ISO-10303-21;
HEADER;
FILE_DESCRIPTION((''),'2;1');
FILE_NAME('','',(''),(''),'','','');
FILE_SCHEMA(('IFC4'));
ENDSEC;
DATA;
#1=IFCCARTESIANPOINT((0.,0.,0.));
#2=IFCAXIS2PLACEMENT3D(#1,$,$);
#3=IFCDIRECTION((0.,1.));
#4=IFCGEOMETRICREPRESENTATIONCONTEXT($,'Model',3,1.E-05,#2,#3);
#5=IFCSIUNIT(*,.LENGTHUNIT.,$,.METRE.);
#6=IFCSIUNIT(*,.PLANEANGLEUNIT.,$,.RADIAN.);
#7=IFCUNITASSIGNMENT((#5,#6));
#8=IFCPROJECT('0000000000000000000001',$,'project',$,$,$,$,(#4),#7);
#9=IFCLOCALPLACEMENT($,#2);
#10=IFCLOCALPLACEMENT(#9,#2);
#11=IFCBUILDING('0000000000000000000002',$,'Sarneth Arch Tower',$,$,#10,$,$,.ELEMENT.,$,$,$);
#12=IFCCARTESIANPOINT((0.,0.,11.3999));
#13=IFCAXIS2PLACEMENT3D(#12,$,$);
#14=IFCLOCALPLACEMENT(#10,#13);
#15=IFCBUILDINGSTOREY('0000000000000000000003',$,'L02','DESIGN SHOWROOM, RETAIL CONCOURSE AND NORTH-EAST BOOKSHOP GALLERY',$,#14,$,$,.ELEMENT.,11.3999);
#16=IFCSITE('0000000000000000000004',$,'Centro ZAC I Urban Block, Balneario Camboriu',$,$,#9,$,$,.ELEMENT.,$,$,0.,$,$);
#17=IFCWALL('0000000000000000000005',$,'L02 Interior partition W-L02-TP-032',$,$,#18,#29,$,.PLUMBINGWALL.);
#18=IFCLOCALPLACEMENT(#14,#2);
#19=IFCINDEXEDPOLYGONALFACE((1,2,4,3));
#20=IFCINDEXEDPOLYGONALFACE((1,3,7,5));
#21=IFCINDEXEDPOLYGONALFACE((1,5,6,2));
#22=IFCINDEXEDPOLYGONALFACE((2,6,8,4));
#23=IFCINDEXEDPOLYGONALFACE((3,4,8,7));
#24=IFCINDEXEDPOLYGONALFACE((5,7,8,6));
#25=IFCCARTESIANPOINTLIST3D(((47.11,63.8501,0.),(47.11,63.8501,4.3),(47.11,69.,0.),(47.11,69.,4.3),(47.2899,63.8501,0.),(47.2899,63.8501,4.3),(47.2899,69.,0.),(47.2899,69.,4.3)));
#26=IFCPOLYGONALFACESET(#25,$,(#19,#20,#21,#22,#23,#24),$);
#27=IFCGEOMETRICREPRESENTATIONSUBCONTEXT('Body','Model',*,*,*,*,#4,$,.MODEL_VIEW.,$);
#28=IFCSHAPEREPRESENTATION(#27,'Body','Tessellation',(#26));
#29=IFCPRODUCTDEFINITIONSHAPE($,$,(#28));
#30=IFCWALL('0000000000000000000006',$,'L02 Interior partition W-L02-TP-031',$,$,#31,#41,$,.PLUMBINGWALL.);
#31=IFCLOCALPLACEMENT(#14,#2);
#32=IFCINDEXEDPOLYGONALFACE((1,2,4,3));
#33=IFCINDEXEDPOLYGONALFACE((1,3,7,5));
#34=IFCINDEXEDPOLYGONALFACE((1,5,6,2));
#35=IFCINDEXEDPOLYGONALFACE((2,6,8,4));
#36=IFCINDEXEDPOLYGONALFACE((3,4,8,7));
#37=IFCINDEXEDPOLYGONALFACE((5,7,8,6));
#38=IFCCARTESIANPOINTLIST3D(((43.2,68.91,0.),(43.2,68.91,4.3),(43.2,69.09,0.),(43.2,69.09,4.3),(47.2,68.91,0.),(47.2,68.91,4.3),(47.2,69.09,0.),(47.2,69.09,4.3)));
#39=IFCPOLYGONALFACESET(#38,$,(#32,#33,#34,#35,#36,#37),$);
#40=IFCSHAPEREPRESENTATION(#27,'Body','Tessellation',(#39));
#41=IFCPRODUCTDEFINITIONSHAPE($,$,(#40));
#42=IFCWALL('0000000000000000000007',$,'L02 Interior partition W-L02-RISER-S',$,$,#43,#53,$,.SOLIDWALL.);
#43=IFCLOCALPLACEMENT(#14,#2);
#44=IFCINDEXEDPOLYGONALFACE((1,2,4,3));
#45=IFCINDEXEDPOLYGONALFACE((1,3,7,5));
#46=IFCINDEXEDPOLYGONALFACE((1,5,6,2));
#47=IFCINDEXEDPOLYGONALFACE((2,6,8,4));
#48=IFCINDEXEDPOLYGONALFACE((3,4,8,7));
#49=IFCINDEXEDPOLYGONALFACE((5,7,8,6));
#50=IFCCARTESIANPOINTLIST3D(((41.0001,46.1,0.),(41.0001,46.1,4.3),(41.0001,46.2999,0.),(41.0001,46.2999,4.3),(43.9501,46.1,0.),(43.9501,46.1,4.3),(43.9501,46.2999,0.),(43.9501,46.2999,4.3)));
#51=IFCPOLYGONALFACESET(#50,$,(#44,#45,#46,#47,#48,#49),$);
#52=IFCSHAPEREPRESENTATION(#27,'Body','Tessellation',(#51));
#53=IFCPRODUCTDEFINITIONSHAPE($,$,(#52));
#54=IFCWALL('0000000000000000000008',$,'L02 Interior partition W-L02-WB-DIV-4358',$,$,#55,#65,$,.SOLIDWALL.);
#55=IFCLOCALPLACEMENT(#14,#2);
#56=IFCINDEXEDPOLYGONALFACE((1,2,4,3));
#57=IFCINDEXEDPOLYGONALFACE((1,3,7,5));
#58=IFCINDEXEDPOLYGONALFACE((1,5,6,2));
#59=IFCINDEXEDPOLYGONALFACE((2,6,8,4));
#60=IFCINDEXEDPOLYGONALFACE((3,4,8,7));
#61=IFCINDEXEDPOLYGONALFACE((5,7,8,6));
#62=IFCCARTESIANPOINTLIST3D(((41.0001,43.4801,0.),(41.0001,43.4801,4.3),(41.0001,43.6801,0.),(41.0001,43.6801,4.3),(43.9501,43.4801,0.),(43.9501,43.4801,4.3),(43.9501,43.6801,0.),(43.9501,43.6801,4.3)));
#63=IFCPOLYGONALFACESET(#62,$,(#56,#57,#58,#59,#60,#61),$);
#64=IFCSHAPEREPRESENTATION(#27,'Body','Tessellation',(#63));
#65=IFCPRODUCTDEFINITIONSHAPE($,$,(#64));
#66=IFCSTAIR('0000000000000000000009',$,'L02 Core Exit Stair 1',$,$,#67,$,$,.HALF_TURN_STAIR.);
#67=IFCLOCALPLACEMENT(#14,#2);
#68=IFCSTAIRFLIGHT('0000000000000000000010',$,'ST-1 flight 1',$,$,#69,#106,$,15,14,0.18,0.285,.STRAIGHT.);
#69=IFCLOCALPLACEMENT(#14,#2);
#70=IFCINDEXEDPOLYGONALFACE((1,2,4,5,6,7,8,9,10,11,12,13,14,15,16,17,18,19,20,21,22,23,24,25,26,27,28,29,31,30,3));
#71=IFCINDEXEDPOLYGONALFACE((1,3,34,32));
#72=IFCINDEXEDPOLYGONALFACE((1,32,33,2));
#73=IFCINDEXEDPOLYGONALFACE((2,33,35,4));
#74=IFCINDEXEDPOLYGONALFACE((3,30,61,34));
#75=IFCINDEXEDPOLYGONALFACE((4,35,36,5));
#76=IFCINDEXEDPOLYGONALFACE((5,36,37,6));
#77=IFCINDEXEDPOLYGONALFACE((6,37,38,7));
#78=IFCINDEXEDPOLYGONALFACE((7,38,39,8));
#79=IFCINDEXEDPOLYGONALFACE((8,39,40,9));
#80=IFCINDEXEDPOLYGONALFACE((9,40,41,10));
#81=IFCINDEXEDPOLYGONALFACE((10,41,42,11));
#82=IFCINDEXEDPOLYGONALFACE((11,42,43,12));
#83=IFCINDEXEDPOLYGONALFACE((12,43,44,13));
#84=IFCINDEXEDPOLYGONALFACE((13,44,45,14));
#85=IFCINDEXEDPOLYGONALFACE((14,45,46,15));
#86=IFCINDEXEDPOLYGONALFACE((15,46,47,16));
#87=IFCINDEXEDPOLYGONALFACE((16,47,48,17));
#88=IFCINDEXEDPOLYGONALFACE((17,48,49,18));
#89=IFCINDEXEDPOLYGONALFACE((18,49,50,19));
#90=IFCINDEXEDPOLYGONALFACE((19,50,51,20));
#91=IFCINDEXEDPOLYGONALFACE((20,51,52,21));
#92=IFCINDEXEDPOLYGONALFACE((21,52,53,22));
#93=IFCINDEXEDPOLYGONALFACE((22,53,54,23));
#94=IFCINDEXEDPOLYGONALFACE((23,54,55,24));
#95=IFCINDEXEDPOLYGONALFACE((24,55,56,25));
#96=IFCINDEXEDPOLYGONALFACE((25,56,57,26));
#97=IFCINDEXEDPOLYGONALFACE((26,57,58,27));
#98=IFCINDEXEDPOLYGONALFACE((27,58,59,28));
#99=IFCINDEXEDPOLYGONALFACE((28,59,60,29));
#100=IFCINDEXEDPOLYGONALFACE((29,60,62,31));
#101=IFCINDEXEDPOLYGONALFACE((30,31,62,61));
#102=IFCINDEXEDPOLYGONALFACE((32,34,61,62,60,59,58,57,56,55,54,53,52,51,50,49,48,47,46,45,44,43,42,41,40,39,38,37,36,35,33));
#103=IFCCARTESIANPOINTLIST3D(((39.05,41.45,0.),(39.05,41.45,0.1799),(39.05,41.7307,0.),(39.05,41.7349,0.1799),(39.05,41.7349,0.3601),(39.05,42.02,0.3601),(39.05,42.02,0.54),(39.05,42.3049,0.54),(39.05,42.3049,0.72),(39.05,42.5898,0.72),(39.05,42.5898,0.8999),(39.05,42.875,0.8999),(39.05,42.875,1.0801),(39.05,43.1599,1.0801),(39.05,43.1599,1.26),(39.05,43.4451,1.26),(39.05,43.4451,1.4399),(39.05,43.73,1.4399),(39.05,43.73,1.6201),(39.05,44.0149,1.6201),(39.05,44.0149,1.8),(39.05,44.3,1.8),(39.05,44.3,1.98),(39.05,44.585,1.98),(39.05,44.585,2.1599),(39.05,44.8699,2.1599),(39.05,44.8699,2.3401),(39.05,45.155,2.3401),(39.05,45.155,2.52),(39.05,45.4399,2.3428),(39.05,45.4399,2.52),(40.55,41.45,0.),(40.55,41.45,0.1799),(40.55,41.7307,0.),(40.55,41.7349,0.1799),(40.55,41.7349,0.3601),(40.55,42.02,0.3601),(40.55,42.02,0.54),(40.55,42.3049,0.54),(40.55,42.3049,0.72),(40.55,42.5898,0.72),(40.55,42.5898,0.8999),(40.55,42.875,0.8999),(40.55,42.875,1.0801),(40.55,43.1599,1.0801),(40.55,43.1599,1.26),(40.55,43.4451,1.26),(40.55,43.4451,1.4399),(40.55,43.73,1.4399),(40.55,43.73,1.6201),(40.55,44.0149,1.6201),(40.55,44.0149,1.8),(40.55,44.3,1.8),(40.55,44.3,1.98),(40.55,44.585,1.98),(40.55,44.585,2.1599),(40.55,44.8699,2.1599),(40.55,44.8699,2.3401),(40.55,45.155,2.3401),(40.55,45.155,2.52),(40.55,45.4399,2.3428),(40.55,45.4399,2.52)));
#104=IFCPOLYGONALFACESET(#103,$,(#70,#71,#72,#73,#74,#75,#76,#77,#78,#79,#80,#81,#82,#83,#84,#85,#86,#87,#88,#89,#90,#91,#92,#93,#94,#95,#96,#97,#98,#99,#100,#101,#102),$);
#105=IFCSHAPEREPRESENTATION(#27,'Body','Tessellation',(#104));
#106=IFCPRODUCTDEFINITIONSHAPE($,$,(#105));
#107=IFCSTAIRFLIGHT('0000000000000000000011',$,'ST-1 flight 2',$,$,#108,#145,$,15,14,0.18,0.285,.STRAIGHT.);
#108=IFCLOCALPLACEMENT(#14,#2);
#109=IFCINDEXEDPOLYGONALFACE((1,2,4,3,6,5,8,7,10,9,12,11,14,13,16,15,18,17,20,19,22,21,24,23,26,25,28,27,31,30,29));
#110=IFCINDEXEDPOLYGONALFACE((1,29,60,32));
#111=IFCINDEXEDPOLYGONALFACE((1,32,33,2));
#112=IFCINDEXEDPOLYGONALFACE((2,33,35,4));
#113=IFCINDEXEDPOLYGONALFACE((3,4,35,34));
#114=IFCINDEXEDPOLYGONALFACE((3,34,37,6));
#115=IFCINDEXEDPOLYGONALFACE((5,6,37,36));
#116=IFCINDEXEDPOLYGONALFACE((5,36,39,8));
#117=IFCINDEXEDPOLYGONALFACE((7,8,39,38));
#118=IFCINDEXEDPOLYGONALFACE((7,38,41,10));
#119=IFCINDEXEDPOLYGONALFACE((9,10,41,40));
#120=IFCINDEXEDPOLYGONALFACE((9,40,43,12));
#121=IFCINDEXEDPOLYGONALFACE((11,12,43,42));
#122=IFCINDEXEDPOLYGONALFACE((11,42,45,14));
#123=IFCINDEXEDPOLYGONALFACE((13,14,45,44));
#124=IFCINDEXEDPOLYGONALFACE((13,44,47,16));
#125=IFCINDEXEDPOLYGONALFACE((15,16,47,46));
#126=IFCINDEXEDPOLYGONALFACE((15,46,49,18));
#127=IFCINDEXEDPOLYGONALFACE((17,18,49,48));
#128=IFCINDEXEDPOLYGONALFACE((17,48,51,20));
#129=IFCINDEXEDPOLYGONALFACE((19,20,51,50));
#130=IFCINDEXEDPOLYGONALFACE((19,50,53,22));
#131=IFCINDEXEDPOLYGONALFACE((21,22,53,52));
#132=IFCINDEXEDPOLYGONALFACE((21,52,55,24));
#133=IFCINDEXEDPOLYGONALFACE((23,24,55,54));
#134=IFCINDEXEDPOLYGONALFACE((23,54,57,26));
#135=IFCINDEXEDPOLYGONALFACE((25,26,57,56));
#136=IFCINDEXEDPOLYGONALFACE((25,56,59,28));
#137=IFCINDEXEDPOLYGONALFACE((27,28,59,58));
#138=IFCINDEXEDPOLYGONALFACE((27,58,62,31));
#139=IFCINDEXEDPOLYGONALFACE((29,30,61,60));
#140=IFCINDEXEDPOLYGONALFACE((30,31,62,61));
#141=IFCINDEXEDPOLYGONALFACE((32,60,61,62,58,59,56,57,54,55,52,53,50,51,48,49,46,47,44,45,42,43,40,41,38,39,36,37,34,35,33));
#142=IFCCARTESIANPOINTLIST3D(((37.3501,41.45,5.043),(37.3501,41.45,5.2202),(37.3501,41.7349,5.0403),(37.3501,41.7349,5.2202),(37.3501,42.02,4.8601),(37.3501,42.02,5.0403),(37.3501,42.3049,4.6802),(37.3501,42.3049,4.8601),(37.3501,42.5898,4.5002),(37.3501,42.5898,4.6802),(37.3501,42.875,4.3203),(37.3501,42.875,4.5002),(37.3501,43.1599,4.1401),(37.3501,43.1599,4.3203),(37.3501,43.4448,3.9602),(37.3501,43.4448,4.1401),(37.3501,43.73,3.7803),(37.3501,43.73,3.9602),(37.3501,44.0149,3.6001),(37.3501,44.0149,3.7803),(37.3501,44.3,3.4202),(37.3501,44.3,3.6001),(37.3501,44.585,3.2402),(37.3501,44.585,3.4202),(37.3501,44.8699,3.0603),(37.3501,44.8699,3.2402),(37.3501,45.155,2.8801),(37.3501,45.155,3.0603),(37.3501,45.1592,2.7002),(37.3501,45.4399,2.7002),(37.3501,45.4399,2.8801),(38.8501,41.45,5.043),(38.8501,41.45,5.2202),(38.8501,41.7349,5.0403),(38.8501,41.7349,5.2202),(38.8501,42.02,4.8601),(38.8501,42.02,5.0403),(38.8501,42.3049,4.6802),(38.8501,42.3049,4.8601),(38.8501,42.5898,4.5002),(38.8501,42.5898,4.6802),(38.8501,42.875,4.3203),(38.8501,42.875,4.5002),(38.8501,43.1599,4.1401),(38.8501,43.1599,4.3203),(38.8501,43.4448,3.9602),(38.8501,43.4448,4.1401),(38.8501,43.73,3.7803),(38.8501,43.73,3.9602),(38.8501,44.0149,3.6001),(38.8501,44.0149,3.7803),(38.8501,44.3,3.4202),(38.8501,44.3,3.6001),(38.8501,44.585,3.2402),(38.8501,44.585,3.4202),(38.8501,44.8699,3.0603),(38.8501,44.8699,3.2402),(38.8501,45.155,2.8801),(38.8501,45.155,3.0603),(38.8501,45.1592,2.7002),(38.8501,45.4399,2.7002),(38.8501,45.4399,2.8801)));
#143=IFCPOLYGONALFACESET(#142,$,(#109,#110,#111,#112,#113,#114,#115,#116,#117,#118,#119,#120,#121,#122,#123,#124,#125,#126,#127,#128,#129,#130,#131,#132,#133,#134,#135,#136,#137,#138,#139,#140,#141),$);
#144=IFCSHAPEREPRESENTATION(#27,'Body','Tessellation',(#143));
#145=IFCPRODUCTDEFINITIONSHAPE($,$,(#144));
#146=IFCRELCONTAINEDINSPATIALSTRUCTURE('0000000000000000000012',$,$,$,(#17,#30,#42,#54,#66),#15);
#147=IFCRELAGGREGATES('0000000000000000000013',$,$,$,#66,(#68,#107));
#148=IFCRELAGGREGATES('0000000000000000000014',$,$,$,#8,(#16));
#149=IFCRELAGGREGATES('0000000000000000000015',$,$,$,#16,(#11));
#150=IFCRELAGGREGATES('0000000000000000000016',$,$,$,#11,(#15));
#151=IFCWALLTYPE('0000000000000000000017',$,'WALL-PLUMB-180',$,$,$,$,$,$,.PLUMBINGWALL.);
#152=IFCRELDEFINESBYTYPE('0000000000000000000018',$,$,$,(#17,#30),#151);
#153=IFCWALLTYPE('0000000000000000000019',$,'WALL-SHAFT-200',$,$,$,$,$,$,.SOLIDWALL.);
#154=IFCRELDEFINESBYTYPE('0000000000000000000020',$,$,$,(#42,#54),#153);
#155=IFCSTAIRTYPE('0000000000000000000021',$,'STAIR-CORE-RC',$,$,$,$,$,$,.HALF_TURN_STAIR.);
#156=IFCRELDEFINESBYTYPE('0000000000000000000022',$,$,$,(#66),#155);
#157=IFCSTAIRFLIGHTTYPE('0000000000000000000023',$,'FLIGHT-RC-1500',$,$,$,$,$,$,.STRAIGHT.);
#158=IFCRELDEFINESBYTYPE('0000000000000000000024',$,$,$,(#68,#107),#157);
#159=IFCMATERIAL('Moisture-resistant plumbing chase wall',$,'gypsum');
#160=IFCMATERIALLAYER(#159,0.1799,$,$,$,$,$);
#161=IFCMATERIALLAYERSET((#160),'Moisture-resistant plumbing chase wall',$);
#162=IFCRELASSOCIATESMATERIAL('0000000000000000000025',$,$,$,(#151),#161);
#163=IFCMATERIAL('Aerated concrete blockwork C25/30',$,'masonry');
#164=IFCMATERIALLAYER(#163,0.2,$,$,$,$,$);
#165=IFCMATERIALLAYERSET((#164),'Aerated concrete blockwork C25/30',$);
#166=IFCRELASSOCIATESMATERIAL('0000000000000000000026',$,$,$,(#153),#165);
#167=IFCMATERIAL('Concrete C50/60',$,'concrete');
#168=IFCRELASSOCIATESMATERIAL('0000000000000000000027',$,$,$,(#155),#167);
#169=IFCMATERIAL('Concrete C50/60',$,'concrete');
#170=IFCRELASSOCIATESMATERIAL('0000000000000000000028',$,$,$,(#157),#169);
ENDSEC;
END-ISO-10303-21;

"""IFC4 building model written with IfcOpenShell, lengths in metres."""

from ifc_helpers import new_model, si_unit, direction, frame, frame_2d, origin, place, context, subcontext, project, spatial, polyline, rectangle, outline, extrude, material, layer, layer_set, type_object, element, aggregate, save


model = new_model("IFC4")

# Units and contexts
model_context = context("Model", 3, precision=1e-05, world=origin(), true_north=direction((0.0, 1.0)))
body_context = subcontext(model_context, "Body", "Model", "MODEL_VIEW")
ifc_project = project(units=[si_unit("LENGTHUNIT", "METRE"), si_unit("PLANEANGLEUNIT", "RADIAN")], contexts=[model_context])

# Site, building, storey
site_placement = place(None, origin())
site = spatial("IfcSite", under=ifc_project, at=site_placement, Name="Centro ZAC I Urban Block, Balneario Camboriu", CompositionType="ELEMENT", RefElevation=0.0)
building_placement = place(site_placement, origin())
building = spatial("IfcBuilding", under=site, at=building_placement, Name="Sarneth Arch Tower", CompositionType="ELEMENT")
storey_placement = place(building_placement, frame((0.0, 0.0, 11.3999)))
storey = spatial("IfcBuildingStorey", under=building, at=storey_placement, Name="L02", Description="DESIGN SHOWROOM, RETAIL CONCOURSE AND NORTH-EAST BOOKSHOP GALLERY", CompositionType="ELEMENT", Elevation=11.3999)

# Walls
ifc_material_1 = material(Name="Moisture-resistant plumbing chase wall", Category="gypsum")
ifc_layer_1 = layer(ifc_material_1, 0.1799)
ifc_layer_set_1 = layer_set([ifc_layer_1], Name="Moisture-resistant plumbing chase wall")
wall_type_1 = type_object("IfcWallType", Name="WALL-PLUMB-180", PredefinedType="PLUMBINGWALL", material=ifc_layer_set_1)
for number, where, z_axis, x_axis, name in (
    (1, (47.2, 69.0, 0.0), (0.0, 0.0, 1.0), (0.0, -1.0, 0.0), "L02 Interior partition W-L02-TP-032"),
):
    element("IfcWall", number, at=place(storey_placement, frame(where, z_axis=z_axis, x_axis=x_axis)), inside=storey, type_object=wall_type_1, Name=name, PredefinedType="PLUMBINGWALL", context=body_context, shape_type="SweptSolid", body=[
        extrude(rectangle(XDim=5.1499, YDim=0.1799, at=frame_2d((2.575, 0.0))), origin(), (0.0, 0.0, 1.0), 4.3),
    ])
wall_1_placement = place(storey_placement, frame((43.2, 69.0, 0.0), z_axis=(0.0, 0.0, 1.0), x_axis=(1.0, 0.0, 0.0)))
element("IfcWall", 2, at=wall_1_placement, inside=storey, type_object=wall_type_1, Name="L02 Interior partition W-L02-TP-031", PredefinedType="PLUMBINGWALL", context=body_context, shape_type="SweptSolid", body=[
    extrude(rectangle(XDim=4.0, YDim=0.1799, at=frame_2d((2.0, 0.0))), origin(), (0.0, 0.0, 1.0), 4.3),
])
ifc_material_2 = material(Name="Aerated concrete blockwork C25/30", Category="masonry")
ifc_layer_2 = layer(ifc_material_2, 0.2)
ifc_layer_set_2 = layer_set([ifc_layer_2], Name="Aerated concrete blockwork C25/30")
wall_type_2 = type_object("IfcWallType", Name="WALL-SHAFT-200", PredefinedType="SOLIDWALL", material=ifc_layer_set_2)
wall_2_placement = place(storey_placement, frame((41.0, 46.2, 0.0), z_axis=(0.0, 0.0, 1.0), x_axis=(1.0, 0.0, 0.0)))
element("IfcWall", 3, at=wall_2_placement, inside=storey, type_object=wall_type_2, Name="L02 Interior partition W-L02-RISER-S", PredefinedType="SOLIDWALL", context=body_context, shape_type="SweptSolid", body=[
    extrude(rectangle(XDim=2.95, YDim=0.2, at=frame_2d((1.4751, 0.0))), origin(), (0.0, 0.0, 1.0), 4.3),
])

# Wall
wall_3_placement = place(storey_placement, frame((41.0, 43.5801, 0.0), z_axis=(0.0, 0.0, 1.0), x_axis=(1.0, 0.0, 0.0)))
element("IfcWall", 4, at=wall_3_placement, inside=storey, type_object=wall_type_2, Name="L02 Interior partition W-L02-WB-DIV-4358", PredefinedType="SOLIDWALL", context=body_context, shape_type="SweptSolid", body=[
    extrude(rectangle(XDim=2.95, YDim=0.2, at=frame_2d((1.4751, 0.0))), origin(), (0.0, 0.0, 1.0), 4.3),
])

# Stair, stair flights
ifc_material_3 = material(Name="Concrete C50/60", Category="concrete")
stair_type = type_object("IfcStairType", Name="STAIR-CORE-RC", PredefinedType="HALF_TURN_STAIR", material=ifc_material_3)
stair_placement = place(storey_placement, origin())
stair = element("IfcStair", 5, at=stair_placement, inside=storey, type_object=stair_type, Name="L02 Core Exit Stair 1", PredefinedType="HALF_TURN_STAIR")
ifc_material_4 = material(Name="Concrete C50/60", Category="concrete")
stair_flight_type = type_object("IfcStairFlightType", Name="FLIGHT-RC-1500", PredefinedType="STRAIGHT", material=ifc_material_4)
stair_flight_1_placement = place(storey_placement, frame((39.8, 41.45, 0.0), z_axis=(0.0, 0.0, 1.0), x_axis=(0.0, 1.0, 0.0)))
stair_flight_1 = element("IfcStairFlight", 6, at=stair_flight_1_placement, type_object=stair_flight_type, Name="ST-1 flight 1", NumberOfRisers=15, NumberOfTreads=14, PredefinedType="STRAIGHT", RiserHeight=0.18, TreadLength=0.285, context=body_context, shape_type="SweptSolid", body=[
    extrude(outline(polyline([(0.0, 0.0), (0.0, 0.1799), (0.2849, 0.1799), (0.2849, 0.3601), (0.5701, 0.3601), (0.5701, 0.54), (0.855, 0.54), (0.855, 0.72), (1.1399, 0.72), (1.1399, 0.8999), (1.425, 0.8999), (1.425, 1.0801), (1.71, 1.0801), (1.71, 1.26), (1.9951, 1.26), (1.9951, 1.4399), (2.28, 1.4399), (2.28, 1.6201), (2.5649, 1.6201), (2.5649, 1.8), (2.8501, 1.8), (2.8501, 1.98), (3.135, 1.98), (3.135, 2.1599), (3.4199, 2.1599), (3.4199, 2.3401), (3.7051, 2.3401), (3.7051, 2.52), (3.99, 2.52), (3.99, 2.7), (3.99, 2.3428), (0.2808, 0.0), (0.0, 0.0)])), frame((0.0, 0.75, 0.0), z_axis=(0.0, -1.0, 0.0), x_axis=(1.0, 0.0, 0.0)), (0.0, 0.0, 1.0), 1.5),
])
stair_flight_2_placement = place(storey_placement, frame((38.1001, 45.4399, 2.7002), z_axis=(0.0, 0.0, 1.0), x_axis=(0.0, -1.0, 0.0)))
stair_flight_2 = element("IfcStairFlight", 7, at=stair_flight_2_placement, type_object=stair_flight_type, Name="ST-1 flight 2", NumberOfRisers=15, NumberOfTreads=14, PredefinedType="STRAIGHT", RiserHeight=0.18, TreadLength=0.285, context=body_context, shape_type="SweptSolid", body=[
    extrude(outline(polyline([(0.0, 0.0), (0.0, 0.1799), (0.2849, 0.1799), (0.2849, 0.3601), (0.5701, 0.3601), (0.5701, 0.54), (0.855, 0.54), (0.855, 0.72), (1.1399, 0.72), (1.1399, 0.8999), (1.425, 0.8999), (1.425, 1.0801), (1.71, 1.0801), (1.71, 1.26), (1.9951, 1.26), (1.9951, 1.4399), (2.28, 1.4399), (2.28, 1.6201), (2.5649, 1.6201), (2.5649, 1.8), (2.8501, 1.8), (2.8501, 1.98), (3.135, 1.98), (3.135, 2.1599), (3.4199, 2.1599), (3.4199, 2.3401), (3.7051, 2.3401), (3.7051, 2.52), (3.99, 2.52), (3.99, 2.7), (3.99, 2.3428), (0.2808, 0.0), (0.0, 0.0)])), frame((0.0, 0.75, 0.0), z_axis=(0.0, -1.0, 0.0), x_axis=(1.0, 0.0, 0.0)), (0.0, 0.0, 1.0), 1.5),
])
aggregate(stair, [stair_flight_1, stair_flight_2])

save(model, "model.ifc")
